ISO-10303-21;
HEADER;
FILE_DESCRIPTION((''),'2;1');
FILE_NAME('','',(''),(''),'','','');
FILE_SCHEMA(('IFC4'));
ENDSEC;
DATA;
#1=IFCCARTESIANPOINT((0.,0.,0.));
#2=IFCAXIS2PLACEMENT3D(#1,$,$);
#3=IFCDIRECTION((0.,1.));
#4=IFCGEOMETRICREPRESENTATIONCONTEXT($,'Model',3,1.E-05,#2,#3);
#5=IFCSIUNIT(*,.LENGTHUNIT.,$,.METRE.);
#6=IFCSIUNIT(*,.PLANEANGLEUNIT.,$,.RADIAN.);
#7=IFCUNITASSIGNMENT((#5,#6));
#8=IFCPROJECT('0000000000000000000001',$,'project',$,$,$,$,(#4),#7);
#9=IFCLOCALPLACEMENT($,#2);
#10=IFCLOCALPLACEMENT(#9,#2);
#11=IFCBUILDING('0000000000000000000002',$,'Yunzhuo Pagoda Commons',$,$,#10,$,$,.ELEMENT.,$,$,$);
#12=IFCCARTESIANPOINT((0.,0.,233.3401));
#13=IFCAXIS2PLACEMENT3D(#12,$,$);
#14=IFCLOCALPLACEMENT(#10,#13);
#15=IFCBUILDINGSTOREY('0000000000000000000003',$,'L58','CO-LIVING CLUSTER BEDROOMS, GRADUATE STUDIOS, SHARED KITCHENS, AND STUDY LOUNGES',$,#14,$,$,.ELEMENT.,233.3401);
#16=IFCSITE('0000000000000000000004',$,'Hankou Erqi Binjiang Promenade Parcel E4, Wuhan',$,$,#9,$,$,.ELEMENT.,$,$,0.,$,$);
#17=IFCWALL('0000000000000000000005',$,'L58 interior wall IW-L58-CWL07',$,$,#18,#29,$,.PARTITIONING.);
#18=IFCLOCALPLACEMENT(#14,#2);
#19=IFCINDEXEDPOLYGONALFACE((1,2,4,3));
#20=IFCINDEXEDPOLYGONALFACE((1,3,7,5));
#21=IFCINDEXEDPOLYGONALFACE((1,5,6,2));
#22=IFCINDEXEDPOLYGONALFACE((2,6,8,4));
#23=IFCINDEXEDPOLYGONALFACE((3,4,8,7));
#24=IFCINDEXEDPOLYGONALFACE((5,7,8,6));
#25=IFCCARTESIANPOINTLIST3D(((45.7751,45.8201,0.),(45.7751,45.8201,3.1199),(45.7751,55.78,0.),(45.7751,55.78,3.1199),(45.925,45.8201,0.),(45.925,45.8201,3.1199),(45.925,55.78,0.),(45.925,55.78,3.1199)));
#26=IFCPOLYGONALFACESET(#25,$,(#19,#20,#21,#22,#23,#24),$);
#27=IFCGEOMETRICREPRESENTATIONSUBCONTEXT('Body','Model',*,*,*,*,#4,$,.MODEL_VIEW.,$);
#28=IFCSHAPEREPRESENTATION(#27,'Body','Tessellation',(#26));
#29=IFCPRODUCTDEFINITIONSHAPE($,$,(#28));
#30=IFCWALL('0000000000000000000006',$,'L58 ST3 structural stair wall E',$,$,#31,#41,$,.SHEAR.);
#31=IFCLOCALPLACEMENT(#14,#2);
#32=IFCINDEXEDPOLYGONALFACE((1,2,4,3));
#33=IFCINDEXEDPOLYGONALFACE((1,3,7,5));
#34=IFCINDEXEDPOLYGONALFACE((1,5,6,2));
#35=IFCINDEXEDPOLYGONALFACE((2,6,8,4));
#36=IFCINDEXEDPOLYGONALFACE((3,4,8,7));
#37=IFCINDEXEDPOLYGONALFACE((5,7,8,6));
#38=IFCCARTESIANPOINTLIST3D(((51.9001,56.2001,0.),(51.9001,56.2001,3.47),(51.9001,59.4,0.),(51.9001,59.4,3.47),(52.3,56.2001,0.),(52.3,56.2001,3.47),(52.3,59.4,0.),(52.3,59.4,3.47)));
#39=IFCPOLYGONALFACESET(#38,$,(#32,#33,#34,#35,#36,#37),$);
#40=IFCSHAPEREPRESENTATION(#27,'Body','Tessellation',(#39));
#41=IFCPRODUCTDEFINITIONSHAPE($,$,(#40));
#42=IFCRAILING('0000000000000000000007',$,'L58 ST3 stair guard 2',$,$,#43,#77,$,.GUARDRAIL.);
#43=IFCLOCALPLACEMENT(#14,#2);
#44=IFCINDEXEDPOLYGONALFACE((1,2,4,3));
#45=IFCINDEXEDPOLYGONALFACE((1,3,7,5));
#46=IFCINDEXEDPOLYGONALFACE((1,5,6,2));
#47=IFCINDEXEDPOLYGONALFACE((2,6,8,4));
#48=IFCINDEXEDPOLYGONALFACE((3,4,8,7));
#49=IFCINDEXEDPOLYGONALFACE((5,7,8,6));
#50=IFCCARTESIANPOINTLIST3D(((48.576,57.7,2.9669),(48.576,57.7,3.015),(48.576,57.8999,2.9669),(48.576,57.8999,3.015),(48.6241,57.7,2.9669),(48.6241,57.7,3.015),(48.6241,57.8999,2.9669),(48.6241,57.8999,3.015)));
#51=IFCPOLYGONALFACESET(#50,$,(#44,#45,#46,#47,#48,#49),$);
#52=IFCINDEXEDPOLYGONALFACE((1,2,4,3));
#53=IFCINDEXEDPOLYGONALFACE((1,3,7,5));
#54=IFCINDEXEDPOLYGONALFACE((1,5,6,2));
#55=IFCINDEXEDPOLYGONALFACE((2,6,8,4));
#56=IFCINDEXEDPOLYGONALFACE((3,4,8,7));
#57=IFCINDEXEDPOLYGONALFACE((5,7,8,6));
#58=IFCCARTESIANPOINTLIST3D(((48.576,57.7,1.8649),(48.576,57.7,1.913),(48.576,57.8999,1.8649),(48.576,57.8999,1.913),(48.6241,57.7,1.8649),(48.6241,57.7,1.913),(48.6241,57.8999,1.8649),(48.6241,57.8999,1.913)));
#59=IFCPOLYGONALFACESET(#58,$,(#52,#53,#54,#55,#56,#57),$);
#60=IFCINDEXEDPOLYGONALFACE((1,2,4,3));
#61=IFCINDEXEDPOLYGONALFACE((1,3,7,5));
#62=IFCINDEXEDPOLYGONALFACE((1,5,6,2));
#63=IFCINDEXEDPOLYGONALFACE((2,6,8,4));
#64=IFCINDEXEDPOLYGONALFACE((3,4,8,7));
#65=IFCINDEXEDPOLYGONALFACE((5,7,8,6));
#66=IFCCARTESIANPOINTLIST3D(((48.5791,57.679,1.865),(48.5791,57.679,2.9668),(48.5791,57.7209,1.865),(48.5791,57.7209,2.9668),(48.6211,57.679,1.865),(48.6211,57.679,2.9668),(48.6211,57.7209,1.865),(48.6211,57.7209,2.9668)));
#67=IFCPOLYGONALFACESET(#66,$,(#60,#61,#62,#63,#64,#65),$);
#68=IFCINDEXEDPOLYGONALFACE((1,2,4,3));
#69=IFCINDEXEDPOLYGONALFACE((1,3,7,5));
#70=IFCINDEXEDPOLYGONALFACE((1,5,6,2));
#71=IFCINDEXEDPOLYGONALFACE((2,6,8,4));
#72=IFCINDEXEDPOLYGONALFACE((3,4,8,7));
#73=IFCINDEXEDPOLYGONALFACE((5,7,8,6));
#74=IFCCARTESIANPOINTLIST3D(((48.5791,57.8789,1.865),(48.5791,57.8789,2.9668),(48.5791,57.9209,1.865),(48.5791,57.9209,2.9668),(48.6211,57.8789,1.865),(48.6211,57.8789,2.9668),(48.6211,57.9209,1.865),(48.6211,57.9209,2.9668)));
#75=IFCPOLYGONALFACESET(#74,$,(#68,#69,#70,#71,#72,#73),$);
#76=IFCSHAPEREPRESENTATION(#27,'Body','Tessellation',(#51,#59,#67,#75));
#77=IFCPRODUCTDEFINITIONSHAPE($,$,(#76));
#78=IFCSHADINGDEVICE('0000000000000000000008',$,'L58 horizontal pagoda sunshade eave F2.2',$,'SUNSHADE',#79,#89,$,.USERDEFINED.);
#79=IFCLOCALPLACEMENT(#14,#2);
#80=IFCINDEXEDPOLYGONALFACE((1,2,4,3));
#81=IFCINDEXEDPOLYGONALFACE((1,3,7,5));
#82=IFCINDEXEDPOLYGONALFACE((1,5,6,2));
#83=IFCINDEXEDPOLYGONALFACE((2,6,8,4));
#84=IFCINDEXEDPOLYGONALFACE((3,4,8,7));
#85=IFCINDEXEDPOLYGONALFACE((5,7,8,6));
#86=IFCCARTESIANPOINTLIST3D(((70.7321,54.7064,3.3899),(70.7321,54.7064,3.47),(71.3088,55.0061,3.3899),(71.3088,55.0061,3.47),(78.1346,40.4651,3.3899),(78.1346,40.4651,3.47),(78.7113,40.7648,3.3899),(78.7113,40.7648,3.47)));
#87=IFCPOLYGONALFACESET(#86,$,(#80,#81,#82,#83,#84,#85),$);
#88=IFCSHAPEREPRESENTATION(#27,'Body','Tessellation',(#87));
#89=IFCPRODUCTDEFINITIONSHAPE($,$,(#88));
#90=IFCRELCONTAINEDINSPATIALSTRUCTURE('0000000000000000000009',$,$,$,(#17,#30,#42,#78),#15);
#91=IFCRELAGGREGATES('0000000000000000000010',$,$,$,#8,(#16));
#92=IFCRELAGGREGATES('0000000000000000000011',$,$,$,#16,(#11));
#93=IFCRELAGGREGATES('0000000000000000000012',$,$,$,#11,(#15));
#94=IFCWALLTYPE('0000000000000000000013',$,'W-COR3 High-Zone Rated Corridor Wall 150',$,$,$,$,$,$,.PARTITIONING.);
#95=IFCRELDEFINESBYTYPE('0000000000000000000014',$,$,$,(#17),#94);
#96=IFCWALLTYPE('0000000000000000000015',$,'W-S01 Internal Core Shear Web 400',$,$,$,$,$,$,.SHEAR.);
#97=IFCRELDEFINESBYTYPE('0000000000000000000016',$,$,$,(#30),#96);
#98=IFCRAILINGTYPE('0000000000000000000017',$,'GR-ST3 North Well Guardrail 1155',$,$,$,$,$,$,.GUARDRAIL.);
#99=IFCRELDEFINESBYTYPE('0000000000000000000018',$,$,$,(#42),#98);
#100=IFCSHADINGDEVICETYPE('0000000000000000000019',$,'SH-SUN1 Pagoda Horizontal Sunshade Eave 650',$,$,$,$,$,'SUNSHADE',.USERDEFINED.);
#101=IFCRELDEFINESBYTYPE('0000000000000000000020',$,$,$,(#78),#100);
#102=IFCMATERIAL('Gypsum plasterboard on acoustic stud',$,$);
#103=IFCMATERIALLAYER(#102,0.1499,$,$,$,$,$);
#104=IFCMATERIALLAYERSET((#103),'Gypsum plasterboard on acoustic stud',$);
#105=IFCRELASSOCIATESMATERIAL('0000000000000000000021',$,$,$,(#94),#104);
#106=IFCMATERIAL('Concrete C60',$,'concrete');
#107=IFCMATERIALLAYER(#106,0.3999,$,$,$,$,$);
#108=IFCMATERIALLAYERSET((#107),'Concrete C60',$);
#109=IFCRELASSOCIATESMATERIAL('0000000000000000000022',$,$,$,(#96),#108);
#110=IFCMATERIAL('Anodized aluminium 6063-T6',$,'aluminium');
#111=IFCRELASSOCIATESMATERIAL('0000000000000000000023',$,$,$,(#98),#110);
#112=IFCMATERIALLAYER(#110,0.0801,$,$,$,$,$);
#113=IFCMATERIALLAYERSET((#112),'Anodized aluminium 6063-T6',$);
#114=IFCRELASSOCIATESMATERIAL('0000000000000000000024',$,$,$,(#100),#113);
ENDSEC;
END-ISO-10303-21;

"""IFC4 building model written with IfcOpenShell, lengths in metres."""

from ifc_helpers import new_model, si_unit, direction, frame, frame_2d, origin, origin_2d, place, context, subcontext, project, spatial, rectangle, extrude, source, transform, mapped, material, layer, layer_set, type_object, element, save


model = new_model("IFC4")

# Units and contexts
model_context = context("Model", 3, precision=1e-05, world=origin(), true_north=direction((0.0, 1.0)))
body_context = subcontext(model_context, "Body", "Model", "MODEL_VIEW")
ifc_project = project(units=[si_unit("LENGTHUNIT", "METRE"), si_unit("PLANEANGLEUNIT", "RADIAN")], contexts=[model_context])

# Site, building, storey
site_placement = place(None, origin())
site = spatial("IfcSite", under=ifc_project, at=site_placement, Name="Hankou Erqi Binjiang Promenade Parcel E4, Wuhan", CompositionType="ELEMENT", RefElevation=0.0)
building_placement = place(site_placement, origin())
building = spatial("IfcBuilding", under=site, at=building_placement, Name="Yunzhuo Pagoda Commons", CompositionType="ELEMENT")
storey_placement = place(building_placement, frame((0.0, 0.0, 233.3401)))
storey = spatial("IfcBuildingStorey", under=building, at=storey_placement, Name="L58", Description="CO-LIVING CLUSTER BEDROOMS, GRADUATE STUDIOS, SHARED KITCHENS, AND STUDY LOUNGES", CompositionType="ELEMENT", Elevation=233.3401)

# Shared definitions
ifc_material_1 = material(Name="Anodized aluminium 6063-T6", Category="aluminium")

# Walls
ifc_material_2 = material(Name="Gypsum plasterboard on acoustic stud")
ifc_layer_1 = layer(ifc_material_2, 0.1499)
ifc_layer_set_1 = layer_set([ifc_layer_1], Name="Gypsum plasterboard on acoustic stud")
wall_type_1 = type_object("IfcWallType", Name="W-COR3 High-Zone Rated Corridor Wall 150", PredefinedType="PARTITIONING", material=ifc_layer_set_1)
wall_1_placement = place(storey_placement, frame((45.8501, 55.78, 0.0), z_axis=(0.0, 0.0, 1.0), x_axis=(0.0, -1.0, 0.0)))
element("IfcWall", 1, at=wall_1_placement, inside=storey, type_object=wall_type_1, Name="L58 interior wall IW-L58-CWL07", PredefinedType="PARTITIONING", context=body_context, shape_type="SweptSolid", body=[
    extrude(rectangle(XDim=9.96, YDim=0.1499, at=frame_2d((4.98, 0.0))), origin(), (0.0, 0.0, 1.0), 3.1199),
])
ifc_material_3 = material(Name="Concrete C60", Category="concrete")
ifc_layer_2 = layer(ifc_material_3, 0.3999)
ifc_layer_set_2 = layer_set([ifc_layer_2], Name="Concrete C60")
wall_type_2 = type_object("IfcWallType", Name="W-S01 Internal Core Shear Web 400", PredefinedType="SHEAR", material=ifc_layer_set_2)
wall_2_placement = place(storey_placement, frame((52.1001, 56.2, 0.0), z_axis=(0.0, 0.0, 1.0), x_axis=(0.0, 1.0, 0.0)))
element("IfcWall", 2, at=wall_2_placement, inside=storey, type_object=wall_type_2, Name="L58 ST3 structural stair wall E", PredefinedType="SHEAR", context=body_context, shape_type="SweptSolid", body=[
    extrude(rectangle(XDim=3.2, YDim=0.3999, at=frame_2d((1.6001, 0.0))), origin(), (0.0, 0.0, 1.0), 3.47),
])

# Railing
railing_type = type_object("IfcRailingType", Name="GR-ST3 North Well Guardrail 1155", PredefinedType="GUARDRAIL", material=ifc_material_1)
railing_placement = place(storey_placement, frame((48.6001, 57.7, 1.865)))
element("IfcRailing", 3, at=railing_placement, inside=storey, type_object=railing_type, Name="L58 ST3 stair guard 2", PredefinedType="GUARDRAIL", context=body_context, shape_type="SweptSolid", body=[
    extrude(rectangle(XDim=0.0481, YDim=0.0481, at=origin_2d()), frame((0.0, 0.0, 1.126), z_axis=(0.0, 1.0, 0.0), x_axis=(-1.0, 0.0, 0.0)), (0.0, 0.0, 1.0), 0.2),
    extrude(rectangle(XDim=0.0481, YDim=0.0481, at=origin_2d()), frame((0.0, 0.0, 0.0239), z_axis=(0.0, 1.0, 0.0), x_axis=(-1.0, 0.0, 0.0)), (0.0, 0.0, 1.0), 0.2),
    extrude(rectangle(XDim=0.042, YDim=0.042, at=origin_2d()), origin(), (0.0, 0.0, 1.0), 1.1018),
    extrude(rectangle(XDim=0.042, YDim=0.042, at=origin_2d()), frame((0.0, 0.2, 0.0)), (0.0, 0.0, 1.0), 1.1018),
])

# Shading device
ifc_layer_3 = layer(ifc_material_1, 0.0801)
ifc_layer_set_3 = layer_set([ifc_layer_3], Name="Anodized aluminium 6063-T6")
shading_device_type = type_object("IfcShadingDeviceType", Name="SH-SUN1 Pagoda Horizontal Sunshade Eave 650", ElementType="SUNSHADE", PredefinedType="USERDEFINED", material=ifc_layer_set_3)
shared_shape_1 = source(origin(), body_context, "Body", "SweptSolid", [
    extrude(rectangle(XDim=16.0503, YDim=0.6499, at=origin_2d()), origin(), (0.0, 0.0, 1.0), 0.0801),
])
shading_device_placement = place(storey_placement, frame((74.7217, 47.7356, 3.3899), z_axis=(0.0, 0.0, 1.0), x_axis=(-0.461207, 0.887293, 0.0)))
element("IfcShadingDevice", 4, at=shading_device_placement, inside=storey, type_object=shading_device_type, Name="L58 horizontal pagoda sunshade eave F2.2", ObjectType="SUNSHADE", PredefinedType="USERDEFINED", context=body_context, shape_type="MappedRepresentation", body=[
    mapped(shared_shape_1, transform((0.0, 0.0, 0.0), scale=1.0)),
])

save(model, "model.ifc")
